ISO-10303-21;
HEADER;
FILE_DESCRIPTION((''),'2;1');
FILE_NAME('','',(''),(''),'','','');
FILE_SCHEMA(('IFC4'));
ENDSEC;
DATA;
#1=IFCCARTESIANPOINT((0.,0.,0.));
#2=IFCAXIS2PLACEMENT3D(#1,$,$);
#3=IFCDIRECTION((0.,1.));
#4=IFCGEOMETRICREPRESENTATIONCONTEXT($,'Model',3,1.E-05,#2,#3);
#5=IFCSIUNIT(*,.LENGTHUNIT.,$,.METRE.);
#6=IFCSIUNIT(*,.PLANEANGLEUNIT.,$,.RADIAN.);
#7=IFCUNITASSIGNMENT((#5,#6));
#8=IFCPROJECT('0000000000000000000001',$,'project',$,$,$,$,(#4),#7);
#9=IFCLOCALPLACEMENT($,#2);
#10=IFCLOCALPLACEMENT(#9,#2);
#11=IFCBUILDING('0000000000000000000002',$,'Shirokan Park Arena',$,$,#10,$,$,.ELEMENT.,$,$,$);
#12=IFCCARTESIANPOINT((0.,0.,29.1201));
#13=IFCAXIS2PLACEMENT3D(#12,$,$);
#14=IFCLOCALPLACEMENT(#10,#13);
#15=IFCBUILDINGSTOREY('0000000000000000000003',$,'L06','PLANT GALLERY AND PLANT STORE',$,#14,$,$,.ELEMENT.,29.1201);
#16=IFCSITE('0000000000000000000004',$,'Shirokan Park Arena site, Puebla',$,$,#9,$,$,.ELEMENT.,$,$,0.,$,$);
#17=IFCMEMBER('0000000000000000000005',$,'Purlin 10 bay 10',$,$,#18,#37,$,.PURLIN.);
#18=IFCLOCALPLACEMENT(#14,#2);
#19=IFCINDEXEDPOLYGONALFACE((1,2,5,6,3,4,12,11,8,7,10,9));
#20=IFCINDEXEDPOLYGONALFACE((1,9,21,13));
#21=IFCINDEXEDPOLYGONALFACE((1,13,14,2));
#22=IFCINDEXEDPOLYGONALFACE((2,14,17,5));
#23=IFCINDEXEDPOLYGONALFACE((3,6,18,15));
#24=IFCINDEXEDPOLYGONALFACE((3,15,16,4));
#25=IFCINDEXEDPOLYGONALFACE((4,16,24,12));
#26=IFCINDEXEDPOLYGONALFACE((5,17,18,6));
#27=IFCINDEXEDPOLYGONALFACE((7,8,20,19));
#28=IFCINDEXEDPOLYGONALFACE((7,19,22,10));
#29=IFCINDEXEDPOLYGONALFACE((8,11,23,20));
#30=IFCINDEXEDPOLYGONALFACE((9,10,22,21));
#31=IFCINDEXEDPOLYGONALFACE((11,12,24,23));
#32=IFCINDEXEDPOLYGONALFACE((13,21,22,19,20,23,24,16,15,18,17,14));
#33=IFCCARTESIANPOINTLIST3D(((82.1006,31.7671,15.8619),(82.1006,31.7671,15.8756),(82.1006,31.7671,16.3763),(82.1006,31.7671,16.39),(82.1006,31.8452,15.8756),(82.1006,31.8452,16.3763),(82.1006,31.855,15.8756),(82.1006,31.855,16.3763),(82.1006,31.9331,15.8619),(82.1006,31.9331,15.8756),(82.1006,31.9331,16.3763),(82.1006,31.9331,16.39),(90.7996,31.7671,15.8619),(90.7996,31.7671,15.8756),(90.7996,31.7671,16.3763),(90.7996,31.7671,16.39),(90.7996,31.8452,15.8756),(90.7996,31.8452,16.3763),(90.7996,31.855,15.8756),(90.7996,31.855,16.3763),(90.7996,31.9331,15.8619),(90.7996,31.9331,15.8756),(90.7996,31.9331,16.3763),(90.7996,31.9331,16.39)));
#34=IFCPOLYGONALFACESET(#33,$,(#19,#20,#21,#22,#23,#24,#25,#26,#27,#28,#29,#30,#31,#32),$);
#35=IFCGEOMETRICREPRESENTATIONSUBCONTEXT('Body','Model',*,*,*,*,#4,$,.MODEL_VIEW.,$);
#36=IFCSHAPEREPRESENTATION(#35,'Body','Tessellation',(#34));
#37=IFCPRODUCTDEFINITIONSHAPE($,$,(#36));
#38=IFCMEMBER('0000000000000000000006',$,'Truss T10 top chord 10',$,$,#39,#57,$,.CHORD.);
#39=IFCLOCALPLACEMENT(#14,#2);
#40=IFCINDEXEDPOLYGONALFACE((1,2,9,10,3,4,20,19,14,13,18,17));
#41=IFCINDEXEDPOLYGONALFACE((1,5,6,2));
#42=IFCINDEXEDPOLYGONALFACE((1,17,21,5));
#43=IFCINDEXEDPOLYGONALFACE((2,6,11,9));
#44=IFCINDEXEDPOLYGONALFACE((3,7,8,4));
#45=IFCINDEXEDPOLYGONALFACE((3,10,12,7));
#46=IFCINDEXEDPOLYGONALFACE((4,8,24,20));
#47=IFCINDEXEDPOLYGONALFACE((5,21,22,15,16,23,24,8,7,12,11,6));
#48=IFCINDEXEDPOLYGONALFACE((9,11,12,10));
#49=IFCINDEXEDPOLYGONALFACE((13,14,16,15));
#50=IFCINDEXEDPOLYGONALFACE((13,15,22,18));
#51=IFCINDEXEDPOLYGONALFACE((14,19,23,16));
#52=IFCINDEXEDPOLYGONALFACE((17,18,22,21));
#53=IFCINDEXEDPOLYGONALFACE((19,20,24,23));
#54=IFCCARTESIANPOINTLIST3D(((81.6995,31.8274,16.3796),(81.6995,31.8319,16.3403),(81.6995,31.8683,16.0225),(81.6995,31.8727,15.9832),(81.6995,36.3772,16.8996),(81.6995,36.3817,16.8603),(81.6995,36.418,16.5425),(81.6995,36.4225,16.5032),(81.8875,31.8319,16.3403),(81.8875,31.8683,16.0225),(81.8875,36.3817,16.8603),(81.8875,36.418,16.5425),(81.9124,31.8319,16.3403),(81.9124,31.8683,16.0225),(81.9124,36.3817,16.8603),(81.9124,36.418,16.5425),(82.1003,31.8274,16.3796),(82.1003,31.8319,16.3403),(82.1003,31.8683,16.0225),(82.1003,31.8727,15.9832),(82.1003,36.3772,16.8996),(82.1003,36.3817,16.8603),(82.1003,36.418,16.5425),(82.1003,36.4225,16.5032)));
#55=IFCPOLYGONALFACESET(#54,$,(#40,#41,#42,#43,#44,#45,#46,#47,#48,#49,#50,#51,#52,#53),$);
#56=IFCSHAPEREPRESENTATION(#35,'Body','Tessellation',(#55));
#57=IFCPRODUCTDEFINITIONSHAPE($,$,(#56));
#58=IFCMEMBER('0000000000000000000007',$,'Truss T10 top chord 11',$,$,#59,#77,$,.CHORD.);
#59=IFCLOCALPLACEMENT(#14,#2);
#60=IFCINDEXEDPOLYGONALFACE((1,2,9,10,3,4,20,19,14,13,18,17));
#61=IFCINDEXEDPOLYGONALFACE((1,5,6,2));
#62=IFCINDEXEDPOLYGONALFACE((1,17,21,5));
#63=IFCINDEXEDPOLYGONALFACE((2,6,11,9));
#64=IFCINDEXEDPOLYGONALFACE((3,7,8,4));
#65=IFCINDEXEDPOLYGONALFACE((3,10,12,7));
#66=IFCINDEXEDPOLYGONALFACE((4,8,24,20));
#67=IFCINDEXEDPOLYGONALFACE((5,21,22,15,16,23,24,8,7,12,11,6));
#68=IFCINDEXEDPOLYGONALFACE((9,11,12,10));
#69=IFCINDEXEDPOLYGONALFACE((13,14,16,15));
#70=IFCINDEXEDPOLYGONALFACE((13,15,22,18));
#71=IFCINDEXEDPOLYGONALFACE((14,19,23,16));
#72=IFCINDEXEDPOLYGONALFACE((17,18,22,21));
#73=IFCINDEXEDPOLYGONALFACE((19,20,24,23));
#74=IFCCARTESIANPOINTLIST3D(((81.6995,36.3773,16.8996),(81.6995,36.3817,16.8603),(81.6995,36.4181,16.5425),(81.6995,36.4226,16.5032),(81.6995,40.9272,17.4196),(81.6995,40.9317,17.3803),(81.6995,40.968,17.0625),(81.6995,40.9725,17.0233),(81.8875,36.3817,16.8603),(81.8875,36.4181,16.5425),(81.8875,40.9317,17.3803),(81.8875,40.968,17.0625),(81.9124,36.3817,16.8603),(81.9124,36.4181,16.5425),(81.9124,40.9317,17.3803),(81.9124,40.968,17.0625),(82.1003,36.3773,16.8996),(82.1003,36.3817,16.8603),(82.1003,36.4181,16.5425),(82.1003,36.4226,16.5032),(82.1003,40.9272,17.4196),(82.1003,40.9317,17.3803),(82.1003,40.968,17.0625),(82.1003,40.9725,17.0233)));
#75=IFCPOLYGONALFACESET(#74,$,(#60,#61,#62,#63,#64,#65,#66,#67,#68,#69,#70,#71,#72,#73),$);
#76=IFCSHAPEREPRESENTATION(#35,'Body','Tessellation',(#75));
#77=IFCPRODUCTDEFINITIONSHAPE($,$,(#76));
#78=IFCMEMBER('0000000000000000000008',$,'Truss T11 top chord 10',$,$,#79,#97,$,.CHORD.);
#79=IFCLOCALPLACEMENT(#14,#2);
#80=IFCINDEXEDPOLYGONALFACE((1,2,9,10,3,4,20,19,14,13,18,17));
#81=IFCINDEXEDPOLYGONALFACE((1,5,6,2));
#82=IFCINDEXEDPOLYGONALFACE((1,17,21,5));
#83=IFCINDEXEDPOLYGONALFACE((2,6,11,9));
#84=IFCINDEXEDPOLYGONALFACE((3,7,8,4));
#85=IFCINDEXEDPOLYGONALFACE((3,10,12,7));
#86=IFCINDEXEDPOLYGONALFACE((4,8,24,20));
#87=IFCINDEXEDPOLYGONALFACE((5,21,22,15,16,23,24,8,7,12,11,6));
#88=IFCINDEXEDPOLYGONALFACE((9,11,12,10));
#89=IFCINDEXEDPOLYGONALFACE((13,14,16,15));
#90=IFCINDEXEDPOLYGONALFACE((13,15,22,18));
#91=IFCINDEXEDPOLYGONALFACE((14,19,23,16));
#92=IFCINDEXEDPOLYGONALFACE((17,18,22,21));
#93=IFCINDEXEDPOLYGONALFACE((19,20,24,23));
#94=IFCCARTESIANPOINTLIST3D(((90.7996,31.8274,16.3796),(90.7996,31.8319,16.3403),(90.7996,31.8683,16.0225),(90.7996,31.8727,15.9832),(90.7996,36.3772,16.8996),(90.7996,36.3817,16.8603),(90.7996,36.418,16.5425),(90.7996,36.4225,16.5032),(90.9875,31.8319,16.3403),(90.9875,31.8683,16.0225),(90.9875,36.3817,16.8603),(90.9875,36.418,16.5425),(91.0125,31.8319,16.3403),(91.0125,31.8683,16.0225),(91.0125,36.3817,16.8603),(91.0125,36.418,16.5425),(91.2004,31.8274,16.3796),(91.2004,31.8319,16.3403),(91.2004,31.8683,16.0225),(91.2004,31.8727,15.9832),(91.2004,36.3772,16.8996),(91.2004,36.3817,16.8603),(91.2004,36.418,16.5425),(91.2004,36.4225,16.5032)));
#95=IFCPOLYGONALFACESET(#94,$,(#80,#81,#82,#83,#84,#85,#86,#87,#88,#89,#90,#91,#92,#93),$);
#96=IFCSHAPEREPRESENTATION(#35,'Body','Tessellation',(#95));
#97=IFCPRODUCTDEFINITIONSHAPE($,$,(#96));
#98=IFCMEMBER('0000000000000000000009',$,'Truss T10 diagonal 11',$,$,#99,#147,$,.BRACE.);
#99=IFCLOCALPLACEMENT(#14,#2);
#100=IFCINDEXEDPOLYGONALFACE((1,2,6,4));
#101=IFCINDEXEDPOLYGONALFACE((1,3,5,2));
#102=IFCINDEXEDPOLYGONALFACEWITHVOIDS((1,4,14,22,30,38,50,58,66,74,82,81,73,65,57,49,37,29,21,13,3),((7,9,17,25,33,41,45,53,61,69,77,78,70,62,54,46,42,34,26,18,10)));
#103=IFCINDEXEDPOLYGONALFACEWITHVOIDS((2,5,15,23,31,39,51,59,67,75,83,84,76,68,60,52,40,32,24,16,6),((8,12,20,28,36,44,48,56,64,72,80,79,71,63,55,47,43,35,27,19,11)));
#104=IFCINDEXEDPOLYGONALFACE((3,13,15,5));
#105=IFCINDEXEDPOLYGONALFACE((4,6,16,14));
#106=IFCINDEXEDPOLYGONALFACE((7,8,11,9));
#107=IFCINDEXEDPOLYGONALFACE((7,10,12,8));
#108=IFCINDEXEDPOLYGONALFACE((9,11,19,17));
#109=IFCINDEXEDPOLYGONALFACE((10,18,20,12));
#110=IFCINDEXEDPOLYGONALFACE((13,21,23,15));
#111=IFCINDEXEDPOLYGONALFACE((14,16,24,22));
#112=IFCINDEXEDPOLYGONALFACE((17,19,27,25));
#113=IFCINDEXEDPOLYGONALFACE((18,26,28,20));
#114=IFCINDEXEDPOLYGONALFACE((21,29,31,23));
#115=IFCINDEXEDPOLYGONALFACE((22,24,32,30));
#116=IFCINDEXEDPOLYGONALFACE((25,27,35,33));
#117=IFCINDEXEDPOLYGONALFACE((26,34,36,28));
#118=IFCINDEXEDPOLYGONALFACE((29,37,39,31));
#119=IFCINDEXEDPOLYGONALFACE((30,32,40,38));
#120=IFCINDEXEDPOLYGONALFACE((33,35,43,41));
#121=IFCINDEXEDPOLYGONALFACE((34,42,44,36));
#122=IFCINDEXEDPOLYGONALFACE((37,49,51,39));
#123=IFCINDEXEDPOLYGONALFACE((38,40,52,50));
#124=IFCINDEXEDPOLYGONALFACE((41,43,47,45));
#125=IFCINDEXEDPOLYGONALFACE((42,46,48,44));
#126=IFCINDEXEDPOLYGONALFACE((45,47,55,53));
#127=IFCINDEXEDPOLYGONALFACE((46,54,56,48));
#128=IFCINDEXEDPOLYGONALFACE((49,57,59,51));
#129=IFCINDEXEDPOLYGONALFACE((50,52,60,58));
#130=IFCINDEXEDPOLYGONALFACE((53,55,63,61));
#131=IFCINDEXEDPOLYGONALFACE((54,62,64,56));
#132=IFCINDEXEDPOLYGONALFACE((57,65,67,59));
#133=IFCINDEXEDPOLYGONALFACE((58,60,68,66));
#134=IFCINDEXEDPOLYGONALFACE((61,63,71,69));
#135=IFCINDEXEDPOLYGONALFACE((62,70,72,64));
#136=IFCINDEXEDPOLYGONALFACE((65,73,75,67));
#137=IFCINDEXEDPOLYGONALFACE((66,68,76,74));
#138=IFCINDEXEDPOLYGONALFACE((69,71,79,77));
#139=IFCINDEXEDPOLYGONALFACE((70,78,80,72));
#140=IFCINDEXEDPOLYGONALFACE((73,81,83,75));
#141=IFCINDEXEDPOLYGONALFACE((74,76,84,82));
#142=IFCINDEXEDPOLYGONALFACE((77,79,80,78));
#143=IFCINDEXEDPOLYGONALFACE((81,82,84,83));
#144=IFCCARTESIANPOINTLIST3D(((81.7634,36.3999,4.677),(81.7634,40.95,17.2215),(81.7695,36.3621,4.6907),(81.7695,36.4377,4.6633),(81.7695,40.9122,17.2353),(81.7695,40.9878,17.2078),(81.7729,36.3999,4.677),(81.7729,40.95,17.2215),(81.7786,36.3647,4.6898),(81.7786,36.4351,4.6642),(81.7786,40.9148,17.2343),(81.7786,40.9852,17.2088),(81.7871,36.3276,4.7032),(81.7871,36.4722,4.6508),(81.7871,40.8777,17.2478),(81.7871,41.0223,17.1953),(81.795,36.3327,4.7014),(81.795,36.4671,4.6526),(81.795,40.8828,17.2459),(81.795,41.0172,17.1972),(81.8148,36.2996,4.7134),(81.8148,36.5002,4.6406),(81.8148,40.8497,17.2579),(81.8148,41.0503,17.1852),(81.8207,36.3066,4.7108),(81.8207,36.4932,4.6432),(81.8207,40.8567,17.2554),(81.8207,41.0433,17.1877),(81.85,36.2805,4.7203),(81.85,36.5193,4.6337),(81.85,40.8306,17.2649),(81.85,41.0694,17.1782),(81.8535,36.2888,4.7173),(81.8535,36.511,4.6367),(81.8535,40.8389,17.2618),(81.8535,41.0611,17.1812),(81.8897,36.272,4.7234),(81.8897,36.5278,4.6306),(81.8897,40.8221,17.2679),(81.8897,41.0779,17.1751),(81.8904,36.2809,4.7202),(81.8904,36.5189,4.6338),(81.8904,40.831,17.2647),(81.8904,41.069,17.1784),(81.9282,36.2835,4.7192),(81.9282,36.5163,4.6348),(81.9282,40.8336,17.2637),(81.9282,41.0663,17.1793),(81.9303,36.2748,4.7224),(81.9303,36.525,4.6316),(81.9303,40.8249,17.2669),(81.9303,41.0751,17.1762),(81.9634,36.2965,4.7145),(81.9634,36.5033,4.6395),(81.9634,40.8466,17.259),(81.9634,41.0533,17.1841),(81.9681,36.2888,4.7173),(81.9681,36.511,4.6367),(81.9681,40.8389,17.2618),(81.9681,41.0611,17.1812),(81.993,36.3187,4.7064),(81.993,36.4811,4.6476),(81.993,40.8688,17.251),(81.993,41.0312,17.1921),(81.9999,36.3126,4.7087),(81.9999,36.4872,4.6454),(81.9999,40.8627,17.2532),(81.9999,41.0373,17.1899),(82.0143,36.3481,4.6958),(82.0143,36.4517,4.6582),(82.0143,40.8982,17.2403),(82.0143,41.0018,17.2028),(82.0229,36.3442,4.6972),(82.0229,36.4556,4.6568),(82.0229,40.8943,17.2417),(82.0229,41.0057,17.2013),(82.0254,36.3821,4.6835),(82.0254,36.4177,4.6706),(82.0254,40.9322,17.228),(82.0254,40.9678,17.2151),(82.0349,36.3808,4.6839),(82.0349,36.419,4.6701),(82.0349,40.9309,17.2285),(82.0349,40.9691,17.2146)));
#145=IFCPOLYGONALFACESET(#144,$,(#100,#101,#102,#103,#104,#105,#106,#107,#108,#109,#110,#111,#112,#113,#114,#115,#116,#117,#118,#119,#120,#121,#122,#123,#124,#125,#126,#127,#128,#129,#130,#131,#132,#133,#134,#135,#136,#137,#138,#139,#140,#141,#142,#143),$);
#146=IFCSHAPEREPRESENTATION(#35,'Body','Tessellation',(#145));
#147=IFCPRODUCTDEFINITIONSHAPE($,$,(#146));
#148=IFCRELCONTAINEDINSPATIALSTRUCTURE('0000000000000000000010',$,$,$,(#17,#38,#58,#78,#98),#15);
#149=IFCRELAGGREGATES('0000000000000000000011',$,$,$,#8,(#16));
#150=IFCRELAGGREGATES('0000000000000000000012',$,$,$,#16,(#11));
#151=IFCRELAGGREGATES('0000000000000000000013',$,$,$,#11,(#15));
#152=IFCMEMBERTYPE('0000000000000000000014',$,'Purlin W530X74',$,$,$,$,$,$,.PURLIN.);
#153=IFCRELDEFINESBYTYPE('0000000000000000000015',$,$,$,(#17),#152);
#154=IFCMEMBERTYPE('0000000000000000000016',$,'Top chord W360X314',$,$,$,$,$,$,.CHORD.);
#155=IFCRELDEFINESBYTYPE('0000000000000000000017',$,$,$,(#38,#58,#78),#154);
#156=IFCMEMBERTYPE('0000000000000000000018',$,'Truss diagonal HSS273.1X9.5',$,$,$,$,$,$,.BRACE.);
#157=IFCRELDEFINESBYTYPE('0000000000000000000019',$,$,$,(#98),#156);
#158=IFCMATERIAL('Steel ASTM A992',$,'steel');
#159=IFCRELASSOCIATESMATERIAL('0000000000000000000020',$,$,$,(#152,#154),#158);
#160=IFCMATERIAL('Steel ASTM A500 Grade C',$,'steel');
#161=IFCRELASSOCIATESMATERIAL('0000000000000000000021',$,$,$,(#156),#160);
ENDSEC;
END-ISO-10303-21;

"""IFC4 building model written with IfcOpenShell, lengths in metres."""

from ifc_helpers import new_model, si_unit, direction, frame, origin, origin_2d, place, context, subcontext, project, spatial, hollow_circle, i_section, extrude, material, material_profile, profile_set, type_object, element, save


model = new_model("IFC4")

# Units and contexts
model_context = context("Model", 3, precision=1e-05, world=origin(), true_north=direction((0.0, 1.0)))
body_context = subcontext(model_context, "Body", "Model", "MODEL_VIEW")
ifc_project = project(units=[si_unit("LENGTHUNIT", "METRE"), si_unit("PLANEANGLEUNIT", "RADIAN")], contexts=[model_context])

# Site, building, storey
site_placement = place(None, origin())
site = spatial("IfcSite", under=ifc_project, at=site_placement, Name="Shirokan Park Arena site, Puebla", CompositionType="ELEMENT", RefElevation=0.0)
building_placement = place(site_placement, origin())
building = spatial("IfcBuilding", under=site, at=building_placement, Name="Shirokan Park Arena", CompositionType="ELEMENT")
storey_placement = place(building_placement, frame((0.0, 0.0, 29.1201)))
storey = spatial("IfcBuildingStorey", under=building, at=storey_placement, Name="L06", Description="PLANT GALLERY AND PLANT STORE", CompositionType="ELEMENT", Elevation=29.1201)

# Members
ifc_material_1 = material(Name="Steel ASTM A992", Category="steel")
ifc_material_2 = material(Name="Steel ASTM A500 Grade C", Category="steel")
ifc_material_profile_1 = material_profile(ifc_material_1, i_section(OverallWidth=0.166, OverallDepth=0.5281, WebThickness=0.0098, FlangeThickness=0.0137, at=origin_2d()), Name="W530X74")
ifc_profile_set_1 = profile_set([ifc_material_profile_1], Name="Steel ASTM A992")
member_type_1 = type_object("IfcMemberType", Name="Purlin W530X74", PredefinedType="PURLIN", material=ifc_profile_set_1)
member_1_placement = place(storey_placement, frame((82.1006, 31.8501, 16.126), z_axis=(1.0, 0.0, 0.0), x_axis=(0.0, 1.0, 0.0)))
element("IfcMember", 1, at=member_1_placement, inside=storey, type_object=member_type_1, Name="Purlin 10 bay 10", PredefinedType="PURLIN", context=body_context, shape_type="SweptSolid", body=[
    extrude(i_section(OverallWidth=0.166, OverallDepth=0.5281, WebThickness=0.0098, FlangeThickness=0.0137, at=origin_2d()), origin(), (0.0, 0.0, 1.0), 8.699),
])
ifc_material_profile_2 = material_profile(ifc_material_1, i_section(OverallWidth=0.4009, OverallDepth=0.3989, WebThickness=0.0249, FlangeThickness=0.0396, at=origin_2d()), Name="W360X314")
ifc_profile_set_2 = profile_set([ifc_material_profile_2], Name="Steel ASTM A992")
member_type_2 = type_object("IfcMemberType", Name="Top chord W360X314", PredefinedType="CHORD", material=ifc_profile_set_2)
member_2_placement = place(storey_placement, frame((81.8999, 31.8501, 16.1814), z_axis=(0.0, 0.993532, 0.113556), x_axis=(-1.0, 0.0, 0.0)))
element("IfcMember", 2, at=member_2_placement, inside=storey, type_object=member_type_2, Name="Truss T10 top chord 10", PredefinedType="CHORD", context=body_context, shape_type="SweptSolid", body=[
    extrude(i_section(OverallWidth=0.4009, OverallDepth=0.3989, WebThickness=0.0249, FlangeThickness=0.0396, at=origin_2d()), origin(), (0.0, 0.0, 1.0), 4.5793),
])
member_3_placement = place(storey_placement, frame((81.8999, 36.3999, 16.7014), z_axis=(0.0, 0.993532, 0.11355), x_axis=(-1.0, 0.0, 0.0)))
element("IfcMember", 3, at=member_3_placement, inside=storey, type_object=member_type_2, Name="Truss T10 top chord 11", PredefinedType="CHORD", context=body_context, shape_type="SweptSolid", body=[
    extrude(i_section(OverallWidth=0.4009, OverallDepth=0.3989, WebThickness=0.0249, FlangeThickness=0.0396, at=origin_2d()), origin(), (0.0, 0.0, 1.0), 4.5796),
])
member_4_placement = place(storey_placement, frame((91.0, 31.8501, 16.1814), z_axis=(0.0, 0.993532, 0.113556), x_axis=(-1.0, 0.0, 0.0)))
element("IfcMember", 4, at=member_4_placement, inside=storey, type_object=member_type_2, Name="Truss T11 top chord 10", PredefinedType="CHORD", context=body_context, shape_type="SweptSolid", body=[
    extrude(i_section(OverallWidth=0.4009, OverallDepth=0.3989, WebThickness=0.0249, FlangeThickness=0.0396, at=origin_2d()), origin(), (0.0, 0.0, 1.0), 4.5793),
])
ifc_material_profile_3 = material_profile(ifc_material_2, hollow_circle(Radius=0.1365, WallThickness=0.0095, at=origin_2d()), Name="HSS273.1X9.5")
ifc_profile_set_3 = profile_set([ifc_material_profile_3], Name="Steel ASTM A500 Grade C")
member_type_3 = type_object("IfcMemberType", Name="Truss diagonal HSS273.1X9.5", PredefinedType="BRACE", material=ifc_profile_set_3)
member_5_placement = place(storey_placement, frame((81.8999, 36.3999, 4.677), z_axis=(0.0, 0.340978, 0.940071), x_axis=(-1.0, 0.0, 0.0)))
element("IfcMember", 5, at=member_5_placement, inside=storey, type_object=member_type_3, Name="Truss T10 diagonal 11", PredefinedType="BRACE", context=body_context, shape_type="SweptSolid", body=[
    extrude(hollow_circle(Radius=0.1365, WallThickness=0.0095, at=origin_2d()), origin(), (0.0, 0.0, 1.0), 13.3442),
])

save(model, "model.ifc")
